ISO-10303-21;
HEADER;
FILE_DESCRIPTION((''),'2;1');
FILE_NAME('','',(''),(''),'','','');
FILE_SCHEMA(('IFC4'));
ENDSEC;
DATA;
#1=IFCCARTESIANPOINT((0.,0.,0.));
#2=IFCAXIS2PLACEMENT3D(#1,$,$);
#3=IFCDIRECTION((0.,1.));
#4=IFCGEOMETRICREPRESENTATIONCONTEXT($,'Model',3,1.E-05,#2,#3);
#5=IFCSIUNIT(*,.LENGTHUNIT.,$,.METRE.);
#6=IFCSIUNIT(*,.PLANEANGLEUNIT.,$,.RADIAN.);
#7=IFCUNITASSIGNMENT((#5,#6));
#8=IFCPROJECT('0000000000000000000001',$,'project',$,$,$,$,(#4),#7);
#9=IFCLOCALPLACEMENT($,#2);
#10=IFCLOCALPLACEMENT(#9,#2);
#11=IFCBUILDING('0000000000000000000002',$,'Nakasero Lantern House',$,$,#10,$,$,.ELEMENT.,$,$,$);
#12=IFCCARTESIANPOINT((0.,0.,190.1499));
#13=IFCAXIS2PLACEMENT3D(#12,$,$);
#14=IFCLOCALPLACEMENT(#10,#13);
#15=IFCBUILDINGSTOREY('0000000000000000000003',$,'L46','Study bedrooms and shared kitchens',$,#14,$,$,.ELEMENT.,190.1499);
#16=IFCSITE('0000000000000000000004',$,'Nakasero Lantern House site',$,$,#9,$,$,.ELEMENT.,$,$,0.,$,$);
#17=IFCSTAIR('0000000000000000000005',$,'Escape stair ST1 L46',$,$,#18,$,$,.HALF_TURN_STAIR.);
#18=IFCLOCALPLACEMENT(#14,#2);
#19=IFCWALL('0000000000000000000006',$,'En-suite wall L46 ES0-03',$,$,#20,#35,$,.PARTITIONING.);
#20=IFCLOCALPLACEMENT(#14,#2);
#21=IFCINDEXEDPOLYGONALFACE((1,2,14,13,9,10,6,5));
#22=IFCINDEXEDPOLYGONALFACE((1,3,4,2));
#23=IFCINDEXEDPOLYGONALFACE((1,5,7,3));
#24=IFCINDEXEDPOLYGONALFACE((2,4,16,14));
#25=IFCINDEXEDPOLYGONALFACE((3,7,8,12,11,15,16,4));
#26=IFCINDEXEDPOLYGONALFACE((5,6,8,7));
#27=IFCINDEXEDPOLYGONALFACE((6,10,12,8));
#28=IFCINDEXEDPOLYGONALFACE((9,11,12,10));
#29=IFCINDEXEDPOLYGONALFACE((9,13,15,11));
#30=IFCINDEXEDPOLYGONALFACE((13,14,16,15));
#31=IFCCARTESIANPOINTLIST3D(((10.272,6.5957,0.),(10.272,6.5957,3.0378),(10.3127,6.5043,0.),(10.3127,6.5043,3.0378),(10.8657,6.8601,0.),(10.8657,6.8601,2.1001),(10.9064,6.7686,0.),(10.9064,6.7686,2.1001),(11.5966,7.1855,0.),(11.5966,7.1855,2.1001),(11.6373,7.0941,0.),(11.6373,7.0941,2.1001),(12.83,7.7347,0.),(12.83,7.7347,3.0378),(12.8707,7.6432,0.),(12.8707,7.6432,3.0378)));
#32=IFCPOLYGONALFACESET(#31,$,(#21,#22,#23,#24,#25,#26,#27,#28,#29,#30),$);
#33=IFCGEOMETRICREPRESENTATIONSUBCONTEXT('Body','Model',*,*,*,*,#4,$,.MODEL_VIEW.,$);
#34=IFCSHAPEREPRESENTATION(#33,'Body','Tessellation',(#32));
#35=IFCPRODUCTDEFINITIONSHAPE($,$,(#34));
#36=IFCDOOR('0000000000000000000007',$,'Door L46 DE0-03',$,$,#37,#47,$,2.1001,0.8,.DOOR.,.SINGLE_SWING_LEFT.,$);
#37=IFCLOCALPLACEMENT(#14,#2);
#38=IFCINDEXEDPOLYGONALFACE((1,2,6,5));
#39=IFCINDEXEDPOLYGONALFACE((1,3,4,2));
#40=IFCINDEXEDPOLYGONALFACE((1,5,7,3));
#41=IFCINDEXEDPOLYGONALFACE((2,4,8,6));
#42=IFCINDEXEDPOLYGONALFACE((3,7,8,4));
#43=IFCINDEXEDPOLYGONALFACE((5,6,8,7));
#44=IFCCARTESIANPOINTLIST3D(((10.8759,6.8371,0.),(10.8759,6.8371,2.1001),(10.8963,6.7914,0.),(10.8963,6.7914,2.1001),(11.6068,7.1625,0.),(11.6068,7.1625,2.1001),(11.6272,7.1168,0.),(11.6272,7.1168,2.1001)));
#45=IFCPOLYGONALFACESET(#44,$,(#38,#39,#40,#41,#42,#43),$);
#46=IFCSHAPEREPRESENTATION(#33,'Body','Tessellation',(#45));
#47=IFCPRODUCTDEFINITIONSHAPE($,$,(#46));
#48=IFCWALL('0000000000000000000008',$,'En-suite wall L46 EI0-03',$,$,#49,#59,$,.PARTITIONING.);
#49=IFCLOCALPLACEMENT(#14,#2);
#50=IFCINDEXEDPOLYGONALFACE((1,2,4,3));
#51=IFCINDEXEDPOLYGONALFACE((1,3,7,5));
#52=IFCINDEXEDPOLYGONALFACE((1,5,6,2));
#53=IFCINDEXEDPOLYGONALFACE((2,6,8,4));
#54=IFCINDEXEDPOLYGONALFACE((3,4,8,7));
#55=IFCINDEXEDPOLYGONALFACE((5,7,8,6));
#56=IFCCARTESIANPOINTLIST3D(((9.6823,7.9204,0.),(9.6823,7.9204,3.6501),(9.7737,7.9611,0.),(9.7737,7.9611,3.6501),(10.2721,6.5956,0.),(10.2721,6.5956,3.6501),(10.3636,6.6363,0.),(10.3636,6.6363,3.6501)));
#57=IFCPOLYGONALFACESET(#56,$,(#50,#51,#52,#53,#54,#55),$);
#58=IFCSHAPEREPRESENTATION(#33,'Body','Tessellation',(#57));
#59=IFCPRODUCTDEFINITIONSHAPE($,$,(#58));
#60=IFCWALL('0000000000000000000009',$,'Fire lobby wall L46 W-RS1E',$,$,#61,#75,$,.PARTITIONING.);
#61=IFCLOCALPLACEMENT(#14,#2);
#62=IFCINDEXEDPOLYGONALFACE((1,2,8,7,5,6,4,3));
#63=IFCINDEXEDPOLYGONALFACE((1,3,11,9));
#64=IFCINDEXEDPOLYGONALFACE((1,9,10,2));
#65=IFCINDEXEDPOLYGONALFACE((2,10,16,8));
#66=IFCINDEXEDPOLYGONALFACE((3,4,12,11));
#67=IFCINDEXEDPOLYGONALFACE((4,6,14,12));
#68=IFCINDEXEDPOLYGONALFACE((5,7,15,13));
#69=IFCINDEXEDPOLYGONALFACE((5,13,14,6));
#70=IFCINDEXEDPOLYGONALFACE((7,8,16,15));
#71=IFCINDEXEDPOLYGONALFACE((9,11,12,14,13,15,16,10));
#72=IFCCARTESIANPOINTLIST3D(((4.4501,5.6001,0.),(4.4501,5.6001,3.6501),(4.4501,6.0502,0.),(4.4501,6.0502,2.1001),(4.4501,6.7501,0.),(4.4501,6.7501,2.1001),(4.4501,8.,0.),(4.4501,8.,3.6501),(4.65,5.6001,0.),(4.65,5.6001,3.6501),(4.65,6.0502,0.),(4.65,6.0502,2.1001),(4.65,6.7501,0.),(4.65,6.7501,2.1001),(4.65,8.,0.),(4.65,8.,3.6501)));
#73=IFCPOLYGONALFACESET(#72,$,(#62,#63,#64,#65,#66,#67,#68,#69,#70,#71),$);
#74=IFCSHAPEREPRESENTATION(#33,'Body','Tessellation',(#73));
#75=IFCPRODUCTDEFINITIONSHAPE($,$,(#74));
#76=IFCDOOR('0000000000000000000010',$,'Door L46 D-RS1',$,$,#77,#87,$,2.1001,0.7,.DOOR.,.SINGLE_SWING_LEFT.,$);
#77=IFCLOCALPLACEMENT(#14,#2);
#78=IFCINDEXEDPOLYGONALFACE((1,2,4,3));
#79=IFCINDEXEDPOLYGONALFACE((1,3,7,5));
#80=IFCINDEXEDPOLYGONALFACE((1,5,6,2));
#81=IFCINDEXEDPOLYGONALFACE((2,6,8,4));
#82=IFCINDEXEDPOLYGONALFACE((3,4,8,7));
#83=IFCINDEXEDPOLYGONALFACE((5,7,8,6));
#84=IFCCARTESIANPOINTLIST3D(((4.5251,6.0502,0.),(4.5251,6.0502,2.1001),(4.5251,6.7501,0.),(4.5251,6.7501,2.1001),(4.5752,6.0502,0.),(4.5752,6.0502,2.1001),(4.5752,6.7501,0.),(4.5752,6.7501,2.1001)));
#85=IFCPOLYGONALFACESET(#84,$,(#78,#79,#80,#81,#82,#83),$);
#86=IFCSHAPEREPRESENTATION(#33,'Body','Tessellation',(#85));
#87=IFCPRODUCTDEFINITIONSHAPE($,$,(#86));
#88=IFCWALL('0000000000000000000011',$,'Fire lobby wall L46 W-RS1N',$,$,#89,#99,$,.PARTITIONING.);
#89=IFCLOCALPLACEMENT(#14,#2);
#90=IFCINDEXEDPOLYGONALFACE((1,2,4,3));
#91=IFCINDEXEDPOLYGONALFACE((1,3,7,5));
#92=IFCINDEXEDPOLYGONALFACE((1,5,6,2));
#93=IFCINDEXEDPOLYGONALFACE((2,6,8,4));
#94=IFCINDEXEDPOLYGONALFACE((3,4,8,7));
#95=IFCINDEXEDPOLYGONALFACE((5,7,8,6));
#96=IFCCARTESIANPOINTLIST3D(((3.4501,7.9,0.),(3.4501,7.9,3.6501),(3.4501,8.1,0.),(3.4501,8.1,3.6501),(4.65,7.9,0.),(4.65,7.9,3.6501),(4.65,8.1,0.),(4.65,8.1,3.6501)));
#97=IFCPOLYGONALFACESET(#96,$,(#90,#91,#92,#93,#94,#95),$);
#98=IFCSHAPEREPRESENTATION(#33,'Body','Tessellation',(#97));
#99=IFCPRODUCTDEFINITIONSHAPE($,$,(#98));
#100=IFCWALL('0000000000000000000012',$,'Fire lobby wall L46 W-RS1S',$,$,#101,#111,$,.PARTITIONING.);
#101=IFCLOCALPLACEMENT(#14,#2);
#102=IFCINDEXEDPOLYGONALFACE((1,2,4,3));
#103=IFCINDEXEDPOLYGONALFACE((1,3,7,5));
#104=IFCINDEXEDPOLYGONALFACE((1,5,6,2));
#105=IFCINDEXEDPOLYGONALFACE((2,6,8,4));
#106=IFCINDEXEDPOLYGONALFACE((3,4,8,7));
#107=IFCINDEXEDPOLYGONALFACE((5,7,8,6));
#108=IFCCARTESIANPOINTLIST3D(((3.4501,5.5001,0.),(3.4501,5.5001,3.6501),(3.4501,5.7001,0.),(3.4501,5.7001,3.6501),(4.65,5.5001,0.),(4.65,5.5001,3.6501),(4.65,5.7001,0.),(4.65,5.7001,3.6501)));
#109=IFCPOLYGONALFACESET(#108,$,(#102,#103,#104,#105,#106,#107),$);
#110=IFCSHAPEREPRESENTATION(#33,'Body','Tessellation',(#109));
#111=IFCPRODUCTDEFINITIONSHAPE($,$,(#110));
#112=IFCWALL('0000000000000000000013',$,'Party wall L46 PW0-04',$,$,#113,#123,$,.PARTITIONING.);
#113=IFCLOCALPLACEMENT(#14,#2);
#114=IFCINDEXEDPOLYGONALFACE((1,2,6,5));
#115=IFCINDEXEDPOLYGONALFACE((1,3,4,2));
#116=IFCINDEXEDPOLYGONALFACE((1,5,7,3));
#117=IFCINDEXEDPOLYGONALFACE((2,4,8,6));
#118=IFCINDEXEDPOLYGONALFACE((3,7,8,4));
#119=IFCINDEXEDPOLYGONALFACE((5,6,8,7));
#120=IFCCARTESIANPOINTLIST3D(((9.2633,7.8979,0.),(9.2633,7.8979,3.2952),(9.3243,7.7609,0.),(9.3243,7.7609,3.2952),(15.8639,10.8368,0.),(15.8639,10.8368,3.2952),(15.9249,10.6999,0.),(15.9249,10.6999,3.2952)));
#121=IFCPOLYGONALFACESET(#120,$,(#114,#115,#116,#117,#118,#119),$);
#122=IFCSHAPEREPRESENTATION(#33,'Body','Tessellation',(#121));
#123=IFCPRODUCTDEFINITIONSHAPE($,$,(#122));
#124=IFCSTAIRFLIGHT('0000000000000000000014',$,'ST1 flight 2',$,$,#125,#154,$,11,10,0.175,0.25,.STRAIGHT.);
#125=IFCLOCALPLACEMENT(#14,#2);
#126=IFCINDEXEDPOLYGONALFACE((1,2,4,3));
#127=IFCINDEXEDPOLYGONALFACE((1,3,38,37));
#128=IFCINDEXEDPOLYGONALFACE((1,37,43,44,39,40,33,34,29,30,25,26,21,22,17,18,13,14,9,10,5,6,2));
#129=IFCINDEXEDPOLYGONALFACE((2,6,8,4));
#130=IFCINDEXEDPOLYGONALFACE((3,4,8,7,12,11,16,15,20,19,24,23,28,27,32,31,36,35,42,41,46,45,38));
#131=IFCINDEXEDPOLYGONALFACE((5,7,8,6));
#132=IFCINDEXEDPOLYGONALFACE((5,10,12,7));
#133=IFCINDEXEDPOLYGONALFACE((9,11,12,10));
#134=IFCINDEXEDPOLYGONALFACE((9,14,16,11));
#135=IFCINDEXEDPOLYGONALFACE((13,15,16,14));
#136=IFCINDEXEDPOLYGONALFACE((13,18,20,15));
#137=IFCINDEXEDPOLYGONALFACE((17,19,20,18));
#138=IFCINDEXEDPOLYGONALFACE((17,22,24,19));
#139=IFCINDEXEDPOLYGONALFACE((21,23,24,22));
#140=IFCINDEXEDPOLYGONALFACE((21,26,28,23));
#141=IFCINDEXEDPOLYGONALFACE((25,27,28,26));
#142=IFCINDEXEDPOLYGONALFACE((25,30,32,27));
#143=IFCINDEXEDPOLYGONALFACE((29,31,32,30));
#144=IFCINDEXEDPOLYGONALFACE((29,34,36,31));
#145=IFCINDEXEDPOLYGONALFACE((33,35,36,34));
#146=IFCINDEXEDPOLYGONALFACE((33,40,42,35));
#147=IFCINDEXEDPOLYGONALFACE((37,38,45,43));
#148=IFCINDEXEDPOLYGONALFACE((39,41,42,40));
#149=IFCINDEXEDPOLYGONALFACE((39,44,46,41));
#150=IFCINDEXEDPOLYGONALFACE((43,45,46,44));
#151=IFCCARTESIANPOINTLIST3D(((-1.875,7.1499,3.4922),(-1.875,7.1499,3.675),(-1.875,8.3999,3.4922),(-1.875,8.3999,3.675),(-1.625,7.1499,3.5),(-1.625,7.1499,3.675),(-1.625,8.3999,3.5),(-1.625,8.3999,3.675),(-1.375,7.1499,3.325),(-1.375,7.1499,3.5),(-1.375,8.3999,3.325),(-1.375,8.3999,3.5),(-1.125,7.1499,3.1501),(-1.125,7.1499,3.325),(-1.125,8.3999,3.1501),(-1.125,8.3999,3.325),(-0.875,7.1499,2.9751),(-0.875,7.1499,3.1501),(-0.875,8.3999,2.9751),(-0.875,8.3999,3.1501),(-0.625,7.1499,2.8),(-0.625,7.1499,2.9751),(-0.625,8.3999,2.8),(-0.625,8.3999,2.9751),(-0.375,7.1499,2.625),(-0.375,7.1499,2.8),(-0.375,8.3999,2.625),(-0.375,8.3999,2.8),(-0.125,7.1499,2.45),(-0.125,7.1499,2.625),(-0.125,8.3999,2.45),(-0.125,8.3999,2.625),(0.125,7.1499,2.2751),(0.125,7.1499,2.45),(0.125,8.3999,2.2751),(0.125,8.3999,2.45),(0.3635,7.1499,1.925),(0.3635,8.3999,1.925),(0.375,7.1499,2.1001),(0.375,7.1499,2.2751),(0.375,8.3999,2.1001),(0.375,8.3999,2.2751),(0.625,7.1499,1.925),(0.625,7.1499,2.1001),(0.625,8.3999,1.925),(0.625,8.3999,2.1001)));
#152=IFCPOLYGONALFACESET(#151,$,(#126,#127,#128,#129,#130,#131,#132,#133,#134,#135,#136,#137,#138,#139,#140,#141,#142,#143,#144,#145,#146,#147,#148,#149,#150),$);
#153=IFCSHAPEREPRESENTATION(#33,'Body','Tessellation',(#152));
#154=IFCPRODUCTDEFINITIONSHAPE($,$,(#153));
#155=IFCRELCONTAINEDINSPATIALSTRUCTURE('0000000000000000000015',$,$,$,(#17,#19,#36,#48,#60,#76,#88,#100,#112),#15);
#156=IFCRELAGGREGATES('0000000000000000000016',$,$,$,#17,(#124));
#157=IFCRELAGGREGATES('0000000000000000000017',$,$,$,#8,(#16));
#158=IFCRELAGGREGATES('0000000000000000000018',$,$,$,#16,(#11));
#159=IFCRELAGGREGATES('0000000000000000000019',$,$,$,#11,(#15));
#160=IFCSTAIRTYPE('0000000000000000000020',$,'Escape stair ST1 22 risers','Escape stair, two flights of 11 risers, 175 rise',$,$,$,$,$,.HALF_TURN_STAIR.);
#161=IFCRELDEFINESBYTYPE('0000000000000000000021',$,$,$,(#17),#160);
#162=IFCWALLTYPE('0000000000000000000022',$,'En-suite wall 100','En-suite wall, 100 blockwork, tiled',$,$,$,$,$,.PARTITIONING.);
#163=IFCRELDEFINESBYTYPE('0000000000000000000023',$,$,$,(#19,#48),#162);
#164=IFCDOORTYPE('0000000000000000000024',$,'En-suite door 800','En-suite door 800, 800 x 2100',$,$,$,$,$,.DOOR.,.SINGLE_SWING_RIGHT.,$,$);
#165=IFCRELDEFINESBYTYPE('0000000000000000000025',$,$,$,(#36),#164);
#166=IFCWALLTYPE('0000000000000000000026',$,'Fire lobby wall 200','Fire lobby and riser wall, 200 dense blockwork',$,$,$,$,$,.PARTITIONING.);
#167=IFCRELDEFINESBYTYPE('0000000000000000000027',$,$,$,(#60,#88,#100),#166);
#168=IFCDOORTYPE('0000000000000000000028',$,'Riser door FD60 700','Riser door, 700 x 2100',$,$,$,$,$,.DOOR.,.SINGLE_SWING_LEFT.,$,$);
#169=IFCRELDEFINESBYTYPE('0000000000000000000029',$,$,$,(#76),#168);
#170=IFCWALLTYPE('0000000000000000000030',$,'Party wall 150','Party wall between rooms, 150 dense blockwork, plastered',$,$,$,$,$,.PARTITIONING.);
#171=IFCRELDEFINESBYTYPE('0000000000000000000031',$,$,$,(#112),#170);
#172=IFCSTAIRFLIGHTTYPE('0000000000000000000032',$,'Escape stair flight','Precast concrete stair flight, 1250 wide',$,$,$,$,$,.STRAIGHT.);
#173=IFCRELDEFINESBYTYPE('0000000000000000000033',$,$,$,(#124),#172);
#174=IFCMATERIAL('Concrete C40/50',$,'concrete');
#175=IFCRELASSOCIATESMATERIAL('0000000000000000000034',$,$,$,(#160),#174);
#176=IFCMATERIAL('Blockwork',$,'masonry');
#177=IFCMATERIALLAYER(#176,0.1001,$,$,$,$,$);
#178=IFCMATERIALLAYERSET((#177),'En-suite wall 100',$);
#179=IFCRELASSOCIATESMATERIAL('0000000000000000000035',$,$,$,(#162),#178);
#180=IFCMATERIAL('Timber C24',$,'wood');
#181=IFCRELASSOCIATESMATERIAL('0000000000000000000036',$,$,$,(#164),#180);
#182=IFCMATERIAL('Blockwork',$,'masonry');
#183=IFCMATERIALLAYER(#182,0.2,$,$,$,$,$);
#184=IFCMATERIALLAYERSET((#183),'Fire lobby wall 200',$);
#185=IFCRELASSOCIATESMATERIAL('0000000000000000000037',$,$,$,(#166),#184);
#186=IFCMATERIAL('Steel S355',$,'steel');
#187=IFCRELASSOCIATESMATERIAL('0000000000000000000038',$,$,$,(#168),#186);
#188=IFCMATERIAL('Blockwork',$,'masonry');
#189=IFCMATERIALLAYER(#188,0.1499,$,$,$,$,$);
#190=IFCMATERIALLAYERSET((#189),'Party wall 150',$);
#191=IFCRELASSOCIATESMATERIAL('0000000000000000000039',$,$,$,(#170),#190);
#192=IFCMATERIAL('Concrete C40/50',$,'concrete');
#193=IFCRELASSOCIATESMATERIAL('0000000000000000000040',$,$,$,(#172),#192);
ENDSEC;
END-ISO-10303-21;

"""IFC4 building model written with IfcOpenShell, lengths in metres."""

from ifc_helpers import new_model, si_unit, direction, frame, frame_2d, origin, place, context, subcontext, project, spatial, polyline, rectangle, outline, extrude, material, layer, layer_set, type_object, element, fill, aggregate, save


model = new_model("IFC4")

# Units and contexts
model_context = context("Model", 3, precision=1e-05, world=origin(), true_north=direction((0.0, 1.0)))
body_context = subcontext(model_context, "Body", "Model", "MODEL_VIEW")
ifc_project = project(units=[si_unit("LENGTHUNIT", "METRE"), si_unit("PLANEANGLEUNIT", "RADIAN")], contexts=[model_context])

# Site, building, storey
site_placement = place(None, origin())
site = spatial("IfcSite", under=ifc_project, at=site_placement, Name="Nakasero Lantern House site", CompositionType="ELEMENT", RefElevation=0.0)
building_placement = place(site_placement, origin())
building = spatial("IfcBuilding", under=site, at=building_placement, Name="Nakasero Lantern House", CompositionType="ELEMENT")
storey_placement = place(building_placement, frame((0.0, 0.0, 190.1499)))
storey = spatial("IfcBuildingStorey", under=building, at=storey_placement, Name="L46", Description="Study bedrooms and shared kitchens", CompositionType="ELEMENT", Elevation=190.1499)

# Stair
ifc_material_1 = material(Name="Concrete C40/50", Category="concrete")
stair_type_1 = type_object("IfcStairType", Name="Escape stair ST1 22 risers", Description="Escape stair, two flights of 11 risers, 175 rise", PredefinedType="HALF_TURN_STAIR", material=ifc_material_1)
stair_1_placement = place(storey_placement, origin())
stair_1 = element("IfcStair", 1, at=stair_1_placement, inside=storey, type_object=stair_type_1, Name="Escape stair ST1 L46", PredefinedType="HALF_TURN_STAIR")

# Wall, opening, door
ifc_material_2 = material(Name="Blockwork", Category="masonry")
ifc_layer_1 = layer(ifc_material_2, 0.1001)
ifc_layer_set_1 = layer_set([ifc_layer_1], Name="En-suite wall 100")
wall_type_1 = type_object("IfcWallType", Name="En-suite wall 100", Description="En-suite wall, 100 blockwork, tiled", PredefinedType="PARTITIONING", material=ifc_layer_set_1)
wall_1_placement = place(storey_placement, frame((10.2925, 6.55, 0.0), z_axis=(0.0, 0.0, 1.0), x_axis=(0.913534, 0.406761, 0.0)))
wall_1 = element("IfcWall", 2, at=wall_1_placement, inside=storey, type_object=wall_type_1, Name="En-suite wall L46 ES0-03", PredefinedType="PARTITIONING", context=body_context, shape_type="SweptSolid", body=[
    extrude(rectangle(XDim=2.8, YDim=0.1001, at=frame_2d((1.3999, 0.0))), origin(), (0.0, 0.0, 1.0), 3.0378),
])
opening_1_placement = place(wall_1_placement, frame((0.6499, 0.0, 0.0)))
opening_1 = element("IfcOpeningElement", 3, at=opening_1_placement, cuts=wall_1, PredefinedType="OPENING", context=body_context, shape_type="SweptSolid", body=[
    extrude(rectangle(XDim=0.8, YDim=2.1001, at=frame_2d((0.3999, 1.05))), frame((0.0, 0.0701, 0.0), z_axis=(0.0, -1.0, 0.0), x_axis=(1.0, 0.0, 0.0)), (0.0, 0.0, 1.0), 0.1401),
])
ifc_material_3 = material(Name="Timber C24", Category="wood")
door_type_1 = type_object("IfcDoorType", Name="En-suite door 800", Description="En-suite door 800, 800 x 2100", OperationType="SINGLE_SWING_RIGHT", PredefinedType="DOOR", material=ifc_material_3)
door_1_placement = place(opening_1_placement, origin())
door_1 = element("IfcDoor", 4, at=door_1_placement, inside=storey, type_object=door_type_1, Name="Door L46 DE0-03", OperationType="SINGLE_SWING_LEFT", OverallHeight=2.1001, OverallWidth=0.8, PredefinedType="DOOR", context=body_context, shape_type="SweptSolid", body=[
    extrude(rectangle(XDim=0.8, YDim=2.1001, at=frame_2d((0.3999, 1.05))), frame((0.0, 0.0249, 0.0), z_axis=(0.0, -1.0, 0.0), x_axis=(1.0, 0.0, 0.0)), (0.0, 0.0, 1.0), 0.05),
])
fill(opening_1, door_1)

# Wall
wall_2_placement = place(storey_placement, frame((10.3179, 6.616, 0.0), z_axis=(0.0, 0.0, 1.0), x_axis=(-0.406763, 0.913534, 0.0)))
element("IfcWall", 5, at=wall_2_placement, inside=storey, type_object=wall_type_1, Name="En-suite wall L46 EI0-03", PredefinedType="PARTITIONING", context=body_context, shape_type="SweptSolid", body=[
    extrude(rectangle(XDim=1.4502, YDim=0.1001, at=frame_2d((0.7251, 0.0))), origin(), (0.0, 0.0, 1.0), 3.6501),
])

# Wall, opening, door
ifc_material_4 = material(Name="Blockwork", Category="masonry")
ifc_layer_2 = layer(ifc_material_4, 0.2)
ifc_layer_set_2 = layer_set([ifc_layer_2], Name="Fire lobby wall 200")
wall_type_2 = type_object("IfcWallType", Name="Fire lobby wall 200", Description="Fire lobby and riser wall, 200 dense blockwork", PredefinedType="PARTITIONING", material=ifc_layer_set_2)
wall_3_placement = place(storey_placement, frame((4.55, 5.6001, 0.0), z_axis=(0.0, 0.0, 1.0), x_axis=(0.0, 1.0, 0.0)))
wall_3 = element("IfcWall", 6, at=wall_3_placement, inside=storey, type_object=wall_type_2, Name="Fire lobby wall L46 W-RS1E", PredefinedType="PARTITIONING", context=body_context, shape_type="SweptSolid", body=[
    extrude(rectangle(XDim=2.3999, YDim=0.2, at=frame_2d((1.2, 0.0))), origin(), (0.0, 0.0, 1.0), 3.6501),
])
opening_2_placement = place(wall_3_placement, frame((0.45, 0.0, 0.0)))
opening_2 = element("IfcOpeningElement", 7, at=opening_2_placement, cuts=wall_3, PredefinedType="OPENING", context=body_context, shape_type="SweptSolid", body=[
    extrude(rectangle(XDim=0.7, YDim=2.1001, at=frame_2d((0.3501, 1.05))), frame((0.0, 0.1199, 0.0), z_axis=(0.0, -1.0, 0.0), x_axis=(1.0, 0.0, 0.0)), (0.0, 0.0, 1.0), 0.24),
])
ifc_material_5 = material(Name="Steel S355", Category="steel")
door_type_2 = type_object("IfcDoorType", Name="Riser door FD60 700", Description="Riser door, 700 x 2100", OperationType="SINGLE_SWING_LEFT", PredefinedType="DOOR", material=ifc_material_5)
door_2_placement = place(opening_2_placement, origin())
door_2 = element("IfcDoor", 8, at=door_2_placement, inside=storey, type_object=door_type_2, Name="Door L46 D-RS1", OperationType="SINGLE_SWING_LEFT", OverallHeight=2.1001, OverallWidth=0.7, PredefinedType="DOOR", context=body_context, shape_type="SweptSolid", body=[
    extrude(rectangle(XDim=0.7, YDim=2.1001, at=frame_2d((0.3501, 1.05))), frame((0.0, 0.0249, 0.0), z_axis=(0.0, -1.0, 0.0), x_axis=(1.0, 0.0, 0.0)), (0.0, 0.0, 1.0), 0.05),
])
fill(opening_2, door_2)

# Walls
for number, where, z_axis, x_axis, name in (
    (9, (3.45, 8.0, 0.0), (0.0, 0.0, 1.0), (1.0, 0.0, 0.0), "Fire lobby wall L46 W-RS1N"),
    (10, (3.45, 5.6001, 0.0), (0.0, 0.0, 1.0), (1.0, 0.0, 0.0), "Fire lobby wall L46 W-RS1S"),
):
    element("IfcWall", number, at=place(storey_placement, frame(where, z_axis=z_axis, x_axis=x_axis)), inside=storey, type_object=wall_type_2, Name=name, PredefinedType="PARTITIONING", context=body_context, shape_type="SweptSolid", body=[
        extrude(rectangle(XDim=1.2, YDim=0.2, at=frame_2d((0.6001, 0.0))), origin(), (0.0, 0.0, 1.0), 3.6501),
    ])
ifc_material_6 = material(Name="Blockwork", Category="masonry")
ifc_layer_3 = layer(ifc_material_6, 0.1499)
ifc_layer_set_3 = layer_set([ifc_layer_3], Name="Party wall 150")
wall_type_3 = type_object("IfcWallType", Name="Party wall 150", Description="Party wall between rooms, 150 dense blockwork, plastered", PredefinedType="PARTITIONING", material=ifc_layer_set_3)
wall_4_placement = place(storey_placement, frame((9.2937, 7.8293, 0.0), z_axis=(0.0, 0.0, 1.0), x_axis=(0.913535, 0.406759, 0.0)))
element("IfcWall", 11, at=wall_4_placement, inside=storey, type_object=wall_type_3, Name="Party wall L46 PW0-04", PredefinedType="PARTITIONING", context=body_context, shape_type="SweptSolid", body=[
    extrude(rectangle(XDim=7.2253, YDim=0.1499, at=frame_2d((3.6128, 0.0))), origin(), (0.0, 0.0, 1.0), 3.2952),
])

# Stair flight
ifc_material_7 = material(Name="Concrete C40/50", Category="concrete")
stair_flight_type = type_object("IfcStairFlightType", Name="Escape stair flight", Description="Precast concrete stair flight, 1250 wide", PredefinedType="STRAIGHT", material=ifc_material_7)
stair_flight_placement = place(storey_placement, frame((0.625, 7.7749, 1.925), z_axis=(0.0, 0.0, 1.0), x_axis=(-1.0, 0.0, 0.0)))
stair_flight = element("IfcStairFlight", 12, at=stair_flight_placement, type_object=stair_flight_type, Name="ST1 flight 2", NumberOfRisers=11, NumberOfTreads=10, PredefinedType="STRAIGHT", RiserHeight=0.175, TreadLength=0.25, context=body_context, shape_type="SweptSolid", body=[
    extrude(outline(polyline([(0.0, 0.0), (0.0, 0.175), (0.25, 0.175), (0.25, 0.3501), (0.5, 0.3501), (0.5, 0.5249), (0.75, 0.5249), (0.75, 0.7), (1.0, 0.7), (1.0, 0.875), (1.25, 0.875), (1.25, 1.05), (1.5, 1.05), (1.5, 1.2251), (1.75, 1.2251), (1.75, 1.3999), (2.0, 1.3999), (2.0, 1.575), (2.25, 1.575), (2.25, 1.75), (2.5, 1.75), (2.5, 1.925), (2.5, 1.5671), (0.2615, 0.0), (0.0, 0.0)])), frame((0.0, 0.625, 0.0), z_axis=(0.0, -1.0, 0.0), x_axis=(1.0, 0.0, 0.0)), (0.0, 0.0, 1.0), 1.25),
])
aggregate(stair_1, [stair_flight])

save(model, "model.ifc")
